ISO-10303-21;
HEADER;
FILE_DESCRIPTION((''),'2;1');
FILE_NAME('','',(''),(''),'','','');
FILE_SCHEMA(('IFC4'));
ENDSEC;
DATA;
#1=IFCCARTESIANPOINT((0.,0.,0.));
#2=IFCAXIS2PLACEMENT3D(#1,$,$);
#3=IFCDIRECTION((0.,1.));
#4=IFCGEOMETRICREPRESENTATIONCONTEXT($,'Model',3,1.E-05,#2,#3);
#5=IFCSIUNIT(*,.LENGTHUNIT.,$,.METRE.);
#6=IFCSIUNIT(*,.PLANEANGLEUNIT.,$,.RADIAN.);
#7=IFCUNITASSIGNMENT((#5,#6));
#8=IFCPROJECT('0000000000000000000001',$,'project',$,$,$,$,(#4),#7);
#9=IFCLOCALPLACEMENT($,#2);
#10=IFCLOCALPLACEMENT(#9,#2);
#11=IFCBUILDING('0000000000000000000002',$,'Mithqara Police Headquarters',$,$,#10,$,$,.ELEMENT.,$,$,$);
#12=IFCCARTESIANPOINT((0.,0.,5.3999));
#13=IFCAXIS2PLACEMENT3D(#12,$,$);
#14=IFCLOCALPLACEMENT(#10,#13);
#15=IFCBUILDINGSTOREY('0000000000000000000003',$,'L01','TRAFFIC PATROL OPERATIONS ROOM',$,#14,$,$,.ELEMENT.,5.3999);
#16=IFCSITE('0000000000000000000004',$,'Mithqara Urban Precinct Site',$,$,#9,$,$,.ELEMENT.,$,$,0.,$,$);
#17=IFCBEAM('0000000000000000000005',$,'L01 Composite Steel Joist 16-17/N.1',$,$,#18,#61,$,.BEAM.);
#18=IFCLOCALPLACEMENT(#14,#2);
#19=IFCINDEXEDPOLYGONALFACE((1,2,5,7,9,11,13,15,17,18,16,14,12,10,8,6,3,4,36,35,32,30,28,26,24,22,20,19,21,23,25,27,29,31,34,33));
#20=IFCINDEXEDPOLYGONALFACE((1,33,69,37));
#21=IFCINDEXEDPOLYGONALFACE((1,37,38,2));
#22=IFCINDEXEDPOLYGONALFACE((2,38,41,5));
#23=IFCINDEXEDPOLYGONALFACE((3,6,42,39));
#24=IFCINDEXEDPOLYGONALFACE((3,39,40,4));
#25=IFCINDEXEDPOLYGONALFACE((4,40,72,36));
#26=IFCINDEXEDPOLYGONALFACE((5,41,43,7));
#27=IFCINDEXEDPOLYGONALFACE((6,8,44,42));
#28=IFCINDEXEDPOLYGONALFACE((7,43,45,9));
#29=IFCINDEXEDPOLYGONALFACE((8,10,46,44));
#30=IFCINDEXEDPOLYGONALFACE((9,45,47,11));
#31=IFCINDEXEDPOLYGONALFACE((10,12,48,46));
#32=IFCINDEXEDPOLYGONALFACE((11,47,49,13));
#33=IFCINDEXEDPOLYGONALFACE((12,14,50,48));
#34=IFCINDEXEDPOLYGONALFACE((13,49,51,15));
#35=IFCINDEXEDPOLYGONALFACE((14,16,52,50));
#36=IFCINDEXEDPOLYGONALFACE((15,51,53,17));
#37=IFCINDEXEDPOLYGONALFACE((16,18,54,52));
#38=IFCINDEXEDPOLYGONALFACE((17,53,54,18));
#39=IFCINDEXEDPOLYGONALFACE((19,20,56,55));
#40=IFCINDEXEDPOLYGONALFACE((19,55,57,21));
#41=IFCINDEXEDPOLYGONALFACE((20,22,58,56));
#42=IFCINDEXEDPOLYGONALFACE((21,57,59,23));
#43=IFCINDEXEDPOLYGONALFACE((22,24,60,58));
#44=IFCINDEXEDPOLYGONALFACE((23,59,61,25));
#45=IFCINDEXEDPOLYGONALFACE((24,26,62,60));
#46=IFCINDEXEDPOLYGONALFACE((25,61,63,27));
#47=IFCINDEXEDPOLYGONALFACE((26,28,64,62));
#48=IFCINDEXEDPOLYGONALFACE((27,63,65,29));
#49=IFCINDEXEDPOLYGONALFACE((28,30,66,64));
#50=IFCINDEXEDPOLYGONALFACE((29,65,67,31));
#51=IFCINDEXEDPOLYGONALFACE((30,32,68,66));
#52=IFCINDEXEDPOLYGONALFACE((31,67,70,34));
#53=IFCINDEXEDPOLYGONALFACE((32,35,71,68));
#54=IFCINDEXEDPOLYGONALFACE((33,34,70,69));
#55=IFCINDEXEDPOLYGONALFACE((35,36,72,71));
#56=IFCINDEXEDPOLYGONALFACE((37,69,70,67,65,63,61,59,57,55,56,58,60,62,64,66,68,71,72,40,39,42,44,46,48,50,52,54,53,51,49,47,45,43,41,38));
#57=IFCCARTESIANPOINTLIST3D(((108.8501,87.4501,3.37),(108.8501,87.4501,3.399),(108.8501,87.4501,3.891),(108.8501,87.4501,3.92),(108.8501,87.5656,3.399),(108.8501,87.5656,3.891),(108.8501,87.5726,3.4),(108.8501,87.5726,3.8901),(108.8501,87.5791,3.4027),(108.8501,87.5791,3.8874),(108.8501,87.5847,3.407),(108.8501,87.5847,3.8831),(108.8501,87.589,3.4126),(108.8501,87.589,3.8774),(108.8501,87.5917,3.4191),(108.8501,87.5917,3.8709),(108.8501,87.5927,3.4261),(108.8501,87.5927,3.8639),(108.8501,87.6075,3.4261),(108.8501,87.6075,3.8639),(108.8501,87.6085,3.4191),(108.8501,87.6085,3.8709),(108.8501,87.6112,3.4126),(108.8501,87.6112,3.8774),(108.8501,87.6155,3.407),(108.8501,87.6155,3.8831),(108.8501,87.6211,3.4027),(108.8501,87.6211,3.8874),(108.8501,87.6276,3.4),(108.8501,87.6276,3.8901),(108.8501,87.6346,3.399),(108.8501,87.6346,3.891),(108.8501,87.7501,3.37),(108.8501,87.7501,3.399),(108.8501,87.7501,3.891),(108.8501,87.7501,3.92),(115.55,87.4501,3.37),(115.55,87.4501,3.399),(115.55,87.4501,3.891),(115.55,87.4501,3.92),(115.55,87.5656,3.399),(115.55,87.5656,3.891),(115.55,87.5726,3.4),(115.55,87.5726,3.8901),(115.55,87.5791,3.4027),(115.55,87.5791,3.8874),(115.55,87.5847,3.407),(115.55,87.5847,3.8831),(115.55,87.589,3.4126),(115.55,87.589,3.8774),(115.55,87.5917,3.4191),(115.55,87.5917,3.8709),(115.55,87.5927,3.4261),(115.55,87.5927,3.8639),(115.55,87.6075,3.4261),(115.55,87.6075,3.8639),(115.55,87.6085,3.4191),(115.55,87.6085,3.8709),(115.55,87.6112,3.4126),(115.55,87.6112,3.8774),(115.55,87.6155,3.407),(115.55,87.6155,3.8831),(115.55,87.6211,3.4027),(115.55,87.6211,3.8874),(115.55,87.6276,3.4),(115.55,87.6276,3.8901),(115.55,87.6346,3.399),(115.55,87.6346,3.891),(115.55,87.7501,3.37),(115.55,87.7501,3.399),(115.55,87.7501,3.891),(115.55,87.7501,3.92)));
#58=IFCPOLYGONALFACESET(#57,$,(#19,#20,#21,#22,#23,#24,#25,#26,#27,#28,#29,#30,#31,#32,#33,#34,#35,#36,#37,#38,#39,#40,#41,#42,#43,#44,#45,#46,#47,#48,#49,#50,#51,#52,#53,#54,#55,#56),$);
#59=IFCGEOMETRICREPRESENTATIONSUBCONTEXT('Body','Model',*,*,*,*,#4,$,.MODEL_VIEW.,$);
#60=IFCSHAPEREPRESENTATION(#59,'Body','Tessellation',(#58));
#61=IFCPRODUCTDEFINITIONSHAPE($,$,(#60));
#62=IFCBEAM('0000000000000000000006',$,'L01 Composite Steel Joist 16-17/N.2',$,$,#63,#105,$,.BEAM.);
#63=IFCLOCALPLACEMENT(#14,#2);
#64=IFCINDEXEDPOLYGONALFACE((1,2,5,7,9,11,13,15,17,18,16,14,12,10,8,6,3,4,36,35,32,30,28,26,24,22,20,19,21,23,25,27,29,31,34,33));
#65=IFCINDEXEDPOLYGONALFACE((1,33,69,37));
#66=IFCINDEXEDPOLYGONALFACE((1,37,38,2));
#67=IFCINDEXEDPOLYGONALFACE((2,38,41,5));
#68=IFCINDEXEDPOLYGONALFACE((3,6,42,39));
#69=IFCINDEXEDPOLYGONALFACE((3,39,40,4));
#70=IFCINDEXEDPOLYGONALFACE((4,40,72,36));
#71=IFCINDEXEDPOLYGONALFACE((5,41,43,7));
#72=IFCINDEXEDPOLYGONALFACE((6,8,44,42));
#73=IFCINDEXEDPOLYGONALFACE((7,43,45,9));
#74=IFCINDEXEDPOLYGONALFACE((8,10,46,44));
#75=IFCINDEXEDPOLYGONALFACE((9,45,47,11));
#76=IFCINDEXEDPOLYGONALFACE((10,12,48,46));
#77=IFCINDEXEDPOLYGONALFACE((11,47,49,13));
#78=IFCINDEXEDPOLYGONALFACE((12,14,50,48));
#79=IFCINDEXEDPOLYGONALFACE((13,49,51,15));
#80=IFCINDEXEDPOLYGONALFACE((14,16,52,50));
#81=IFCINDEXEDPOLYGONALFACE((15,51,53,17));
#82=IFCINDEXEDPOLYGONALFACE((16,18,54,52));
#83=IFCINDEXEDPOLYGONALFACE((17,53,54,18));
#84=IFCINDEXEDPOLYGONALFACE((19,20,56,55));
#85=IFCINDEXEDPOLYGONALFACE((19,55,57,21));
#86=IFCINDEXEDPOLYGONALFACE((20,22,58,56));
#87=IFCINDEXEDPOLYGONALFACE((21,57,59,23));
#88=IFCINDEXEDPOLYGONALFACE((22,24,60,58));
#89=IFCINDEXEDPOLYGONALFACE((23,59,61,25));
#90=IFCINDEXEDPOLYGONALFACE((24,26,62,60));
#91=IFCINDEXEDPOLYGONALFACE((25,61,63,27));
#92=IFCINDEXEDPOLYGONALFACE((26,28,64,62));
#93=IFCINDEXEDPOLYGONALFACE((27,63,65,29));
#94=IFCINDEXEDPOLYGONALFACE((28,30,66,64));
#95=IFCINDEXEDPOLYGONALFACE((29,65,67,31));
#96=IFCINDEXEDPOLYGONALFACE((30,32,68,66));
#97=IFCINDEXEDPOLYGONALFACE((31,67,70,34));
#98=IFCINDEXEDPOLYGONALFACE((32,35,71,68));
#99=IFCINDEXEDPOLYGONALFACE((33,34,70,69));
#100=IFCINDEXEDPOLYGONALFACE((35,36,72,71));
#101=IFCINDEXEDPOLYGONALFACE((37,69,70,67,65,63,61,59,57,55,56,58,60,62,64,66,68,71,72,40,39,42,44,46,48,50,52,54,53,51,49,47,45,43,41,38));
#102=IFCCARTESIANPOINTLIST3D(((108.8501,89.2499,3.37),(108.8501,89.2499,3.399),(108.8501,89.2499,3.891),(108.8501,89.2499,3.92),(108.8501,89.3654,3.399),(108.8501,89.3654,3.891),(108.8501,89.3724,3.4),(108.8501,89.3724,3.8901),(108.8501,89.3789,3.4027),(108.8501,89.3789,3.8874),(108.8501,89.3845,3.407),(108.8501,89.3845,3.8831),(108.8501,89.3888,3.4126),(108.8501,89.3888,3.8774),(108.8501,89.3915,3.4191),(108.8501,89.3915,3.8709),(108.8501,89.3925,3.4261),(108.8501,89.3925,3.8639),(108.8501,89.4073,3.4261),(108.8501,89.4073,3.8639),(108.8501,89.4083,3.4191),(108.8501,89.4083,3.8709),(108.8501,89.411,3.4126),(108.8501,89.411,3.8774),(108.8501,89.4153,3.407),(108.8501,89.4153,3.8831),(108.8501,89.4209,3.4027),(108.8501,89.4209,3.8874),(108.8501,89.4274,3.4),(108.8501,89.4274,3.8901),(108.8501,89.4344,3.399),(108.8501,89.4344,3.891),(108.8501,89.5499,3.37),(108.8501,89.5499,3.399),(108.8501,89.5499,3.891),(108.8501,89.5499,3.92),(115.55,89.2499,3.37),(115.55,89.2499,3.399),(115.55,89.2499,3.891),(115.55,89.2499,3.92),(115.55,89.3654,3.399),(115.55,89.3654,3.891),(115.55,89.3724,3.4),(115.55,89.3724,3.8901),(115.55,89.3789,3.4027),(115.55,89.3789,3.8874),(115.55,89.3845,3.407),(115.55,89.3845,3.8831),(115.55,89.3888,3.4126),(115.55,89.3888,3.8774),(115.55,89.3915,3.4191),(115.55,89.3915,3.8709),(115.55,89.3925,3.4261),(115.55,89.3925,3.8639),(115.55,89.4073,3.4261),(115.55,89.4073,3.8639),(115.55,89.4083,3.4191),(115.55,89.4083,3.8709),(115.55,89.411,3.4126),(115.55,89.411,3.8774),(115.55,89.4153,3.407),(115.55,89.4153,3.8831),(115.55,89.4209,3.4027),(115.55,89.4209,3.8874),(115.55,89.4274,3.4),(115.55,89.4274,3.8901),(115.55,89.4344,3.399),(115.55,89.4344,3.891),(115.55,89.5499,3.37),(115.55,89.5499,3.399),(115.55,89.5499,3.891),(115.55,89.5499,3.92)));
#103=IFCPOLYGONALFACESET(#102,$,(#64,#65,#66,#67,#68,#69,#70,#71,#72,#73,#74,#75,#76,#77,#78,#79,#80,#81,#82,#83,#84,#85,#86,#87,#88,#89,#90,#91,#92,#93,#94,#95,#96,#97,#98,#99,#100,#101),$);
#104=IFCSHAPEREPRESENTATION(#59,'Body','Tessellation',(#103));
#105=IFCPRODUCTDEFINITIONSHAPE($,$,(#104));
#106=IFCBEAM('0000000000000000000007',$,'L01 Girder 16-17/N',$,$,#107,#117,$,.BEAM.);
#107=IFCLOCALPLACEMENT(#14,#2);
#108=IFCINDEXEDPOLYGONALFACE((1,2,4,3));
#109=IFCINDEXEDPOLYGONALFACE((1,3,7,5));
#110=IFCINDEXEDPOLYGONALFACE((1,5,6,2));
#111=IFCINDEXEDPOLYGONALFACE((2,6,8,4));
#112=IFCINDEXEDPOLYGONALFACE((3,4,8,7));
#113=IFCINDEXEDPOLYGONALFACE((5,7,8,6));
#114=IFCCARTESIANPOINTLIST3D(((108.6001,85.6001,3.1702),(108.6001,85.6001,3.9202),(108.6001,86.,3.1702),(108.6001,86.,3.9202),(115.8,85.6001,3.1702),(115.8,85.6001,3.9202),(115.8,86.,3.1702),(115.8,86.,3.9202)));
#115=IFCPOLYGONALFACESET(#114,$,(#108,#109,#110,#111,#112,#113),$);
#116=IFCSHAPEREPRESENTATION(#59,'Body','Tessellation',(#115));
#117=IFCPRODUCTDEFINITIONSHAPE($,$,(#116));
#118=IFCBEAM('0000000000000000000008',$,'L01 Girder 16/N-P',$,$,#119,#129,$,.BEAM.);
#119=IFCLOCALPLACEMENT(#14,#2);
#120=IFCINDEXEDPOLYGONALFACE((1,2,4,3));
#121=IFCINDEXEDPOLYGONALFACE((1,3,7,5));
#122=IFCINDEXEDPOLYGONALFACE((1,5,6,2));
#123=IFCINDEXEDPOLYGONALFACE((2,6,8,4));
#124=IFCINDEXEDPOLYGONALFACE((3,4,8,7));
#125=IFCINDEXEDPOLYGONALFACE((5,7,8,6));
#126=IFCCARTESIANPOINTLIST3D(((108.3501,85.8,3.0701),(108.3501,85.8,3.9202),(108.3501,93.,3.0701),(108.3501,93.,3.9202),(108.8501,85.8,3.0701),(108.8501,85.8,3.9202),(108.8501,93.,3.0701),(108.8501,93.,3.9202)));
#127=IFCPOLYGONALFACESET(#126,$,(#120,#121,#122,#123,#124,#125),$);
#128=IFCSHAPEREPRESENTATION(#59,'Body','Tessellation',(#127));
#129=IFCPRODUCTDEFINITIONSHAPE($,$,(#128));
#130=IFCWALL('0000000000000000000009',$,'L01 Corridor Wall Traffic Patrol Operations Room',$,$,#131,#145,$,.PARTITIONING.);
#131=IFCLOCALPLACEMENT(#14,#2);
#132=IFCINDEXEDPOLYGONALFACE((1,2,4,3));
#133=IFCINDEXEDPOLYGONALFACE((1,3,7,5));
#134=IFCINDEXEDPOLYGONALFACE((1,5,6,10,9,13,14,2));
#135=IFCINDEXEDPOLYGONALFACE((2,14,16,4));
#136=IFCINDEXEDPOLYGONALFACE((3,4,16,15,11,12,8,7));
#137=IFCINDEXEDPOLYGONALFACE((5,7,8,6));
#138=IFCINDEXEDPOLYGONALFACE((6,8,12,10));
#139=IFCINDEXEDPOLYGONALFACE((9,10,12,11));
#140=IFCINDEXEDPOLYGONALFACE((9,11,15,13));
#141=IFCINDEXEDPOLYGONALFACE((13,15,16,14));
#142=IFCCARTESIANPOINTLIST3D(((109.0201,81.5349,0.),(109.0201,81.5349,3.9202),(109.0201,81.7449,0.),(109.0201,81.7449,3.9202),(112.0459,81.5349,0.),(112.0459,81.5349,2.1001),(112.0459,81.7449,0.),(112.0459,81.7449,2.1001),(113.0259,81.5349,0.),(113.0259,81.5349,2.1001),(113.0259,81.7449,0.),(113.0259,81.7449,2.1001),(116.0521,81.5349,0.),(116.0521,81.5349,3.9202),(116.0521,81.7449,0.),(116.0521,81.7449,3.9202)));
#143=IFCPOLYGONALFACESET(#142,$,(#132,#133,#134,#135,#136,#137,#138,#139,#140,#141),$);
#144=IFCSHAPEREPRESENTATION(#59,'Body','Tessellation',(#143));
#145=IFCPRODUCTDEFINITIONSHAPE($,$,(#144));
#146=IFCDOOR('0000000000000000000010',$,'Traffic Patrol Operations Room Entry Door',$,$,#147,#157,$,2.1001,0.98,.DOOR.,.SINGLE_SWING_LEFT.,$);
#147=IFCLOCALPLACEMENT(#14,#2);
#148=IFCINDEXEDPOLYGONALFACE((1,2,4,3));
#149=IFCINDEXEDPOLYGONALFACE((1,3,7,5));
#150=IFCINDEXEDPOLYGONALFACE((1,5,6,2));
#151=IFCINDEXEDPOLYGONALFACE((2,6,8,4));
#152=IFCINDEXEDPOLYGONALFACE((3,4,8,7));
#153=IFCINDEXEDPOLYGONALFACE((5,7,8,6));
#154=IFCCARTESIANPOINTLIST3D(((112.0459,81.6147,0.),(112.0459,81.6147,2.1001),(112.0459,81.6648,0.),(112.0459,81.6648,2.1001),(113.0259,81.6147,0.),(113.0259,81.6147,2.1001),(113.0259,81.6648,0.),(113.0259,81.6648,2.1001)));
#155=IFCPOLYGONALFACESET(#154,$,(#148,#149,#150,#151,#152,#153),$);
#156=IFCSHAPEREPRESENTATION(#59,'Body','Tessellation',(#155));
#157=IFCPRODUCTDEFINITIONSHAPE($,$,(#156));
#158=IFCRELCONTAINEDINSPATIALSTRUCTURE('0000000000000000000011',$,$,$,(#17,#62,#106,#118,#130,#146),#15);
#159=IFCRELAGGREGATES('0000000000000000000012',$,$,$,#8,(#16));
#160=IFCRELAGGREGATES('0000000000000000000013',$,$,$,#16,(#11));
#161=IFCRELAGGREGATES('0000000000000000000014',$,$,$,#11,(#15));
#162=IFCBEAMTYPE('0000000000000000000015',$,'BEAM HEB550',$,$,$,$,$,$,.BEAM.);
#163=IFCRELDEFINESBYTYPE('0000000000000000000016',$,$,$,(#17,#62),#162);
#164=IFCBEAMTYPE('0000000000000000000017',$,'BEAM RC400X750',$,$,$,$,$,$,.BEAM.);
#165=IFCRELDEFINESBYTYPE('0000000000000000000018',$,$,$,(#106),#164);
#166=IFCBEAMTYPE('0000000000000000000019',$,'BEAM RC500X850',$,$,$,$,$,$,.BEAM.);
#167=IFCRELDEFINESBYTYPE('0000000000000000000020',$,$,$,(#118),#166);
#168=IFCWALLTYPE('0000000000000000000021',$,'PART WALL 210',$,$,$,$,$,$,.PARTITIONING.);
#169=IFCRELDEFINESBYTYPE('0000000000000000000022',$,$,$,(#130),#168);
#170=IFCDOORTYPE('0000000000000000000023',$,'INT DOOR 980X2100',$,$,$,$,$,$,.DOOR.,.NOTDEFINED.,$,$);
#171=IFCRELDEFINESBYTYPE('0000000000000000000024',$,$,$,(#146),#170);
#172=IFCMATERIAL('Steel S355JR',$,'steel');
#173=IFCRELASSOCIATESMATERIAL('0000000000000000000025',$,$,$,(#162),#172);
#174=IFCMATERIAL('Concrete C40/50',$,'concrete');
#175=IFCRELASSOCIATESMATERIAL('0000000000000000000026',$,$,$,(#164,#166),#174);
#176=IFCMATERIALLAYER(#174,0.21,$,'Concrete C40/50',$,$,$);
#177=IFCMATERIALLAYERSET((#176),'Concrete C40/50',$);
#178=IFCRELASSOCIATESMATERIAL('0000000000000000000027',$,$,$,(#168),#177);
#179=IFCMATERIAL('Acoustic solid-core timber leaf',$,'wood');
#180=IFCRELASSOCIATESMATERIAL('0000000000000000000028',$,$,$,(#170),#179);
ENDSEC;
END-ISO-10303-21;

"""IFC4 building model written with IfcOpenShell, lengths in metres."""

from ifc_helpers import new_model, si_unit, direction, frame, frame_2d, origin, origin_2d, place, context, subcontext, project, spatial, rectangle, i_section, extrude, material, layer, layer_set, material_profile, profile_set, type_object, element, fill, save


model = new_model("IFC4")

# Units and contexts
model_context = context("Model", 3, precision=1e-05, world=origin(), true_north=direction((0.0, 1.0)))
body_context = subcontext(model_context, "Body", "Model", "MODEL_VIEW")
ifc_project = project(units=[si_unit("LENGTHUNIT", "METRE"), si_unit("PLANEANGLEUNIT", "RADIAN")], contexts=[model_context])

# Site, building, storey
site_placement = place(None, origin())
site = spatial("IfcSite", under=ifc_project, at=site_placement, Name="Mithqara Urban Precinct Site", CompositionType="ELEMENT", RefElevation=0.0)
building_placement = place(site_placement, origin())
building = spatial("IfcBuilding", under=site, at=building_placement, Name="Mithqara Police Headquarters", CompositionType="ELEMENT")
storey_placement = place(building_placement, frame((0.0, 0.0, 5.3999)))
storey = spatial("IfcBuildingStorey", under=building, at=storey_placement, Name="L01", Description="TRAFFIC PATROL OPERATIONS ROOM", CompositionType="ELEMENT", Elevation=5.3999)

# Beams
ifc_material_1 = material(Name="Steel S355JR", Category="steel")
ifc_material_profile_1 = material_profile(ifc_material_1, i_section(OverallWidth=0.3, OverallDepth=0.55, WebThickness=0.0149, FlangeThickness=0.0291, FilletRadius=0.0271, at=origin_2d()), Name="HEB 550")
ifc_profile_set_1 = profile_set([ifc_material_profile_1], Name="Steel S355JR")
beam_type_1 = type_object("IfcBeamType", Name="BEAM HEB550", PredefinedType="BEAM", material=ifc_profile_set_1)
for number, where, z_axis, x_axis, name in (
    (1, (108.8501, 87.6001, 3.645), (1.0, 0.0, 0.0), (0.0, 1.0, 0.0), "L01 Composite Steel Joist 16-17/N.1"),
    (2, (108.8501, 89.3999, 3.645), (1.0, 0.0, 0.0), (0.0, 1.0, 0.0), "L01 Composite Steel Joist 16-17/N.2"),
):
    element("IfcBeam", number, at=place(storey_placement, frame(where, z_axis=z_axis, x_axis=x_axis)), inside=storey, type_object=beam_type_1, Name=name, PredefinedType="BEAM", context=body_context, shape_type="SweptSolid", body=[
        extrude(i_section(OverallWidth=0.3, OverallDepth=0.55, WebThickness=0.0149, FlangeThickness=0.0291, FilletRadius=0.0271, at=origin_2d()), origin(), (0.0, 0.0, 1.0), 6.7),
    ])
ifc_material_2 = material(Name="Concrete C40/50", Category="concrete")
ifc_material_profile_2 = material_profile(ifc_material_2, rectangle(XDim=0.3999, YDim=0.75, at=origin_2d()), Name="RC 400x750")
ifc_profile_set_2 = profile_set([ifc_material_profile_2], Name="Concrete C40/50")
beam_type_2 = type_object("IfcBeamType", Name="BEAM RC400X750", PredefinedType="BEAM", material=ifc_profile_set_2)
beam_1_placement = place(storey_placement, frame((108.6001, 85.8, 3.5452), z_axis=(1.0, 0.0, 0.0), x_axis=(0.0, 1.0, 0.0)))
element("IfcBeam", 3, at=beam_1_placement, inside=storey, type_object=beam_type_2, Name="L01 Girder 16-17/N", PredefinedType="BEAM", context=body_context, shape_type="SweptSolid", body=[
    extrude(rectangle(XDim=0.3999, YDim=0.75, at=origin_2d()), origin(), (0.0, 0.0, 1.0), 7.2),
])
ifc_material_profile_3 = material_profile(ifc_material_2, rectangle(XDim=0.5, YDim=0.8501, at=origin_2d()), Name="RC 500x850")
ifc_profile_set_3 = profile_set([ifc_material_profile_3], Name="Concrete C40/50")
beam_type_3 = type_object("IfcBeamType", Name="BEAM RC500X850", PredefinedType="BEAM", material=ifc_profile_set_3)
beam_2_placement = place(storey_placement, frame((108.6001, 85.8, 3.4951), z_axis=(0.0, 1.0, 0.0), x_axis=(-1.0, 0.0, 0.0)))
element("IfcBeam", 4, at=beam_2_placement, inside=storey, type_object=beam_type_3, Name="L01 Girder 16/N-P", PredefinedType="BEAM", context=body_context, shape_type="SweptSolid", body=[
    extrude(rectangle(XDim=0.5, YDim=0.8501, at=origin_2d()), origin(), (0.0, 0.0, 1.0), 7.2),
])

# Wall, opening, door
ifc_layer_1 = layer(ifc_material_2, 0.21, Name="Concrete C40/50")
ifc_layer_set_1 = layer_set([ifc_layer_1], Name="Concrete C40/50")
wall_type_1 = type_object("IfcWallType", Name="PART WALL 210", PredefinedType="PARTITIONING", material=ifc_layer_set_1)
wall_1_placement = place(storey_placement, frame((109.02, 81.6399, 0.0), z_axis=(0.0, 0.0, 1.0), x_axis=(1.0, 0.0, 0.0)))
wall_1 = element("IfcWall", 5, at=wall_1_placement, inside=storey, type_object=wall_type_1, Name="L01 Corridor Wall Traffic Patrol Operations Room", PredefinedType="PARTITIONING", context=body_context, shape_type="SweptSolid", body=[
    extrude(rectangle(XDim=7.032, YDim=0.21, at=frame_2d((3.5161, 0.0))), origin(), (0.0, 0.0, 1.0), 3.9202),
])
opening_1_placement = place(wall_1_placement, frame((3.0259, 0.0, 0.0)))
opening_1 = element("IfcOpeningElement", 6, at=opening_1_placement, cuts=wall_1, PredefinedType="OPENING", context=body_context, shape_type="SweptSolid", body=[
    extrude(rectangle(XDim=0.98, YDim=2.1001, at=frame_2d((0.49, 1.05))), frame((0.0, 0.115, 0.0), z_axis=(0.0, -1.0, 0.0), x_axis=(1.0, 0.0, 0.0)), (0.0, 0.0, 1.0), 0.23),
])
ifc_material_3 = material(Name="Acoustic solid-core timber leaf", Category="wood")
door_type = type_object("IfcDoorType", Name="INT DOOR 980X2100", OperationType="NOTDEFINED", PredefinedType="DOOR", material=ifc_material_3)
door_placement = place(opening_1_placement, origin())
door = element("IfcDoor", 7, at=door_placement, inside=storey, type_object=door_type, Name="Traffic Patrol Operations Room Entry Door", OperationType="SINGLE_SWING_LEFT", OverallHeight=2.1001, OverallWidth=0.98, PredefinedType="DOOR", context=body_context, shape_type="SweptSolid", body=[
    extrude(rectangle(XDim=0.98, YDim=2.1001, at=frame_2d((0.49, 1.05))), frame((0.0, 0.0249, 0.0), z_axis=(0.0, -1.0, 0.0), x_axis=(1.0, 0.0, 0.0)), (0.0, 0.0, 1.0), 0.05),
])
fill(opening_1, door)

save(model, "model.ifc")
